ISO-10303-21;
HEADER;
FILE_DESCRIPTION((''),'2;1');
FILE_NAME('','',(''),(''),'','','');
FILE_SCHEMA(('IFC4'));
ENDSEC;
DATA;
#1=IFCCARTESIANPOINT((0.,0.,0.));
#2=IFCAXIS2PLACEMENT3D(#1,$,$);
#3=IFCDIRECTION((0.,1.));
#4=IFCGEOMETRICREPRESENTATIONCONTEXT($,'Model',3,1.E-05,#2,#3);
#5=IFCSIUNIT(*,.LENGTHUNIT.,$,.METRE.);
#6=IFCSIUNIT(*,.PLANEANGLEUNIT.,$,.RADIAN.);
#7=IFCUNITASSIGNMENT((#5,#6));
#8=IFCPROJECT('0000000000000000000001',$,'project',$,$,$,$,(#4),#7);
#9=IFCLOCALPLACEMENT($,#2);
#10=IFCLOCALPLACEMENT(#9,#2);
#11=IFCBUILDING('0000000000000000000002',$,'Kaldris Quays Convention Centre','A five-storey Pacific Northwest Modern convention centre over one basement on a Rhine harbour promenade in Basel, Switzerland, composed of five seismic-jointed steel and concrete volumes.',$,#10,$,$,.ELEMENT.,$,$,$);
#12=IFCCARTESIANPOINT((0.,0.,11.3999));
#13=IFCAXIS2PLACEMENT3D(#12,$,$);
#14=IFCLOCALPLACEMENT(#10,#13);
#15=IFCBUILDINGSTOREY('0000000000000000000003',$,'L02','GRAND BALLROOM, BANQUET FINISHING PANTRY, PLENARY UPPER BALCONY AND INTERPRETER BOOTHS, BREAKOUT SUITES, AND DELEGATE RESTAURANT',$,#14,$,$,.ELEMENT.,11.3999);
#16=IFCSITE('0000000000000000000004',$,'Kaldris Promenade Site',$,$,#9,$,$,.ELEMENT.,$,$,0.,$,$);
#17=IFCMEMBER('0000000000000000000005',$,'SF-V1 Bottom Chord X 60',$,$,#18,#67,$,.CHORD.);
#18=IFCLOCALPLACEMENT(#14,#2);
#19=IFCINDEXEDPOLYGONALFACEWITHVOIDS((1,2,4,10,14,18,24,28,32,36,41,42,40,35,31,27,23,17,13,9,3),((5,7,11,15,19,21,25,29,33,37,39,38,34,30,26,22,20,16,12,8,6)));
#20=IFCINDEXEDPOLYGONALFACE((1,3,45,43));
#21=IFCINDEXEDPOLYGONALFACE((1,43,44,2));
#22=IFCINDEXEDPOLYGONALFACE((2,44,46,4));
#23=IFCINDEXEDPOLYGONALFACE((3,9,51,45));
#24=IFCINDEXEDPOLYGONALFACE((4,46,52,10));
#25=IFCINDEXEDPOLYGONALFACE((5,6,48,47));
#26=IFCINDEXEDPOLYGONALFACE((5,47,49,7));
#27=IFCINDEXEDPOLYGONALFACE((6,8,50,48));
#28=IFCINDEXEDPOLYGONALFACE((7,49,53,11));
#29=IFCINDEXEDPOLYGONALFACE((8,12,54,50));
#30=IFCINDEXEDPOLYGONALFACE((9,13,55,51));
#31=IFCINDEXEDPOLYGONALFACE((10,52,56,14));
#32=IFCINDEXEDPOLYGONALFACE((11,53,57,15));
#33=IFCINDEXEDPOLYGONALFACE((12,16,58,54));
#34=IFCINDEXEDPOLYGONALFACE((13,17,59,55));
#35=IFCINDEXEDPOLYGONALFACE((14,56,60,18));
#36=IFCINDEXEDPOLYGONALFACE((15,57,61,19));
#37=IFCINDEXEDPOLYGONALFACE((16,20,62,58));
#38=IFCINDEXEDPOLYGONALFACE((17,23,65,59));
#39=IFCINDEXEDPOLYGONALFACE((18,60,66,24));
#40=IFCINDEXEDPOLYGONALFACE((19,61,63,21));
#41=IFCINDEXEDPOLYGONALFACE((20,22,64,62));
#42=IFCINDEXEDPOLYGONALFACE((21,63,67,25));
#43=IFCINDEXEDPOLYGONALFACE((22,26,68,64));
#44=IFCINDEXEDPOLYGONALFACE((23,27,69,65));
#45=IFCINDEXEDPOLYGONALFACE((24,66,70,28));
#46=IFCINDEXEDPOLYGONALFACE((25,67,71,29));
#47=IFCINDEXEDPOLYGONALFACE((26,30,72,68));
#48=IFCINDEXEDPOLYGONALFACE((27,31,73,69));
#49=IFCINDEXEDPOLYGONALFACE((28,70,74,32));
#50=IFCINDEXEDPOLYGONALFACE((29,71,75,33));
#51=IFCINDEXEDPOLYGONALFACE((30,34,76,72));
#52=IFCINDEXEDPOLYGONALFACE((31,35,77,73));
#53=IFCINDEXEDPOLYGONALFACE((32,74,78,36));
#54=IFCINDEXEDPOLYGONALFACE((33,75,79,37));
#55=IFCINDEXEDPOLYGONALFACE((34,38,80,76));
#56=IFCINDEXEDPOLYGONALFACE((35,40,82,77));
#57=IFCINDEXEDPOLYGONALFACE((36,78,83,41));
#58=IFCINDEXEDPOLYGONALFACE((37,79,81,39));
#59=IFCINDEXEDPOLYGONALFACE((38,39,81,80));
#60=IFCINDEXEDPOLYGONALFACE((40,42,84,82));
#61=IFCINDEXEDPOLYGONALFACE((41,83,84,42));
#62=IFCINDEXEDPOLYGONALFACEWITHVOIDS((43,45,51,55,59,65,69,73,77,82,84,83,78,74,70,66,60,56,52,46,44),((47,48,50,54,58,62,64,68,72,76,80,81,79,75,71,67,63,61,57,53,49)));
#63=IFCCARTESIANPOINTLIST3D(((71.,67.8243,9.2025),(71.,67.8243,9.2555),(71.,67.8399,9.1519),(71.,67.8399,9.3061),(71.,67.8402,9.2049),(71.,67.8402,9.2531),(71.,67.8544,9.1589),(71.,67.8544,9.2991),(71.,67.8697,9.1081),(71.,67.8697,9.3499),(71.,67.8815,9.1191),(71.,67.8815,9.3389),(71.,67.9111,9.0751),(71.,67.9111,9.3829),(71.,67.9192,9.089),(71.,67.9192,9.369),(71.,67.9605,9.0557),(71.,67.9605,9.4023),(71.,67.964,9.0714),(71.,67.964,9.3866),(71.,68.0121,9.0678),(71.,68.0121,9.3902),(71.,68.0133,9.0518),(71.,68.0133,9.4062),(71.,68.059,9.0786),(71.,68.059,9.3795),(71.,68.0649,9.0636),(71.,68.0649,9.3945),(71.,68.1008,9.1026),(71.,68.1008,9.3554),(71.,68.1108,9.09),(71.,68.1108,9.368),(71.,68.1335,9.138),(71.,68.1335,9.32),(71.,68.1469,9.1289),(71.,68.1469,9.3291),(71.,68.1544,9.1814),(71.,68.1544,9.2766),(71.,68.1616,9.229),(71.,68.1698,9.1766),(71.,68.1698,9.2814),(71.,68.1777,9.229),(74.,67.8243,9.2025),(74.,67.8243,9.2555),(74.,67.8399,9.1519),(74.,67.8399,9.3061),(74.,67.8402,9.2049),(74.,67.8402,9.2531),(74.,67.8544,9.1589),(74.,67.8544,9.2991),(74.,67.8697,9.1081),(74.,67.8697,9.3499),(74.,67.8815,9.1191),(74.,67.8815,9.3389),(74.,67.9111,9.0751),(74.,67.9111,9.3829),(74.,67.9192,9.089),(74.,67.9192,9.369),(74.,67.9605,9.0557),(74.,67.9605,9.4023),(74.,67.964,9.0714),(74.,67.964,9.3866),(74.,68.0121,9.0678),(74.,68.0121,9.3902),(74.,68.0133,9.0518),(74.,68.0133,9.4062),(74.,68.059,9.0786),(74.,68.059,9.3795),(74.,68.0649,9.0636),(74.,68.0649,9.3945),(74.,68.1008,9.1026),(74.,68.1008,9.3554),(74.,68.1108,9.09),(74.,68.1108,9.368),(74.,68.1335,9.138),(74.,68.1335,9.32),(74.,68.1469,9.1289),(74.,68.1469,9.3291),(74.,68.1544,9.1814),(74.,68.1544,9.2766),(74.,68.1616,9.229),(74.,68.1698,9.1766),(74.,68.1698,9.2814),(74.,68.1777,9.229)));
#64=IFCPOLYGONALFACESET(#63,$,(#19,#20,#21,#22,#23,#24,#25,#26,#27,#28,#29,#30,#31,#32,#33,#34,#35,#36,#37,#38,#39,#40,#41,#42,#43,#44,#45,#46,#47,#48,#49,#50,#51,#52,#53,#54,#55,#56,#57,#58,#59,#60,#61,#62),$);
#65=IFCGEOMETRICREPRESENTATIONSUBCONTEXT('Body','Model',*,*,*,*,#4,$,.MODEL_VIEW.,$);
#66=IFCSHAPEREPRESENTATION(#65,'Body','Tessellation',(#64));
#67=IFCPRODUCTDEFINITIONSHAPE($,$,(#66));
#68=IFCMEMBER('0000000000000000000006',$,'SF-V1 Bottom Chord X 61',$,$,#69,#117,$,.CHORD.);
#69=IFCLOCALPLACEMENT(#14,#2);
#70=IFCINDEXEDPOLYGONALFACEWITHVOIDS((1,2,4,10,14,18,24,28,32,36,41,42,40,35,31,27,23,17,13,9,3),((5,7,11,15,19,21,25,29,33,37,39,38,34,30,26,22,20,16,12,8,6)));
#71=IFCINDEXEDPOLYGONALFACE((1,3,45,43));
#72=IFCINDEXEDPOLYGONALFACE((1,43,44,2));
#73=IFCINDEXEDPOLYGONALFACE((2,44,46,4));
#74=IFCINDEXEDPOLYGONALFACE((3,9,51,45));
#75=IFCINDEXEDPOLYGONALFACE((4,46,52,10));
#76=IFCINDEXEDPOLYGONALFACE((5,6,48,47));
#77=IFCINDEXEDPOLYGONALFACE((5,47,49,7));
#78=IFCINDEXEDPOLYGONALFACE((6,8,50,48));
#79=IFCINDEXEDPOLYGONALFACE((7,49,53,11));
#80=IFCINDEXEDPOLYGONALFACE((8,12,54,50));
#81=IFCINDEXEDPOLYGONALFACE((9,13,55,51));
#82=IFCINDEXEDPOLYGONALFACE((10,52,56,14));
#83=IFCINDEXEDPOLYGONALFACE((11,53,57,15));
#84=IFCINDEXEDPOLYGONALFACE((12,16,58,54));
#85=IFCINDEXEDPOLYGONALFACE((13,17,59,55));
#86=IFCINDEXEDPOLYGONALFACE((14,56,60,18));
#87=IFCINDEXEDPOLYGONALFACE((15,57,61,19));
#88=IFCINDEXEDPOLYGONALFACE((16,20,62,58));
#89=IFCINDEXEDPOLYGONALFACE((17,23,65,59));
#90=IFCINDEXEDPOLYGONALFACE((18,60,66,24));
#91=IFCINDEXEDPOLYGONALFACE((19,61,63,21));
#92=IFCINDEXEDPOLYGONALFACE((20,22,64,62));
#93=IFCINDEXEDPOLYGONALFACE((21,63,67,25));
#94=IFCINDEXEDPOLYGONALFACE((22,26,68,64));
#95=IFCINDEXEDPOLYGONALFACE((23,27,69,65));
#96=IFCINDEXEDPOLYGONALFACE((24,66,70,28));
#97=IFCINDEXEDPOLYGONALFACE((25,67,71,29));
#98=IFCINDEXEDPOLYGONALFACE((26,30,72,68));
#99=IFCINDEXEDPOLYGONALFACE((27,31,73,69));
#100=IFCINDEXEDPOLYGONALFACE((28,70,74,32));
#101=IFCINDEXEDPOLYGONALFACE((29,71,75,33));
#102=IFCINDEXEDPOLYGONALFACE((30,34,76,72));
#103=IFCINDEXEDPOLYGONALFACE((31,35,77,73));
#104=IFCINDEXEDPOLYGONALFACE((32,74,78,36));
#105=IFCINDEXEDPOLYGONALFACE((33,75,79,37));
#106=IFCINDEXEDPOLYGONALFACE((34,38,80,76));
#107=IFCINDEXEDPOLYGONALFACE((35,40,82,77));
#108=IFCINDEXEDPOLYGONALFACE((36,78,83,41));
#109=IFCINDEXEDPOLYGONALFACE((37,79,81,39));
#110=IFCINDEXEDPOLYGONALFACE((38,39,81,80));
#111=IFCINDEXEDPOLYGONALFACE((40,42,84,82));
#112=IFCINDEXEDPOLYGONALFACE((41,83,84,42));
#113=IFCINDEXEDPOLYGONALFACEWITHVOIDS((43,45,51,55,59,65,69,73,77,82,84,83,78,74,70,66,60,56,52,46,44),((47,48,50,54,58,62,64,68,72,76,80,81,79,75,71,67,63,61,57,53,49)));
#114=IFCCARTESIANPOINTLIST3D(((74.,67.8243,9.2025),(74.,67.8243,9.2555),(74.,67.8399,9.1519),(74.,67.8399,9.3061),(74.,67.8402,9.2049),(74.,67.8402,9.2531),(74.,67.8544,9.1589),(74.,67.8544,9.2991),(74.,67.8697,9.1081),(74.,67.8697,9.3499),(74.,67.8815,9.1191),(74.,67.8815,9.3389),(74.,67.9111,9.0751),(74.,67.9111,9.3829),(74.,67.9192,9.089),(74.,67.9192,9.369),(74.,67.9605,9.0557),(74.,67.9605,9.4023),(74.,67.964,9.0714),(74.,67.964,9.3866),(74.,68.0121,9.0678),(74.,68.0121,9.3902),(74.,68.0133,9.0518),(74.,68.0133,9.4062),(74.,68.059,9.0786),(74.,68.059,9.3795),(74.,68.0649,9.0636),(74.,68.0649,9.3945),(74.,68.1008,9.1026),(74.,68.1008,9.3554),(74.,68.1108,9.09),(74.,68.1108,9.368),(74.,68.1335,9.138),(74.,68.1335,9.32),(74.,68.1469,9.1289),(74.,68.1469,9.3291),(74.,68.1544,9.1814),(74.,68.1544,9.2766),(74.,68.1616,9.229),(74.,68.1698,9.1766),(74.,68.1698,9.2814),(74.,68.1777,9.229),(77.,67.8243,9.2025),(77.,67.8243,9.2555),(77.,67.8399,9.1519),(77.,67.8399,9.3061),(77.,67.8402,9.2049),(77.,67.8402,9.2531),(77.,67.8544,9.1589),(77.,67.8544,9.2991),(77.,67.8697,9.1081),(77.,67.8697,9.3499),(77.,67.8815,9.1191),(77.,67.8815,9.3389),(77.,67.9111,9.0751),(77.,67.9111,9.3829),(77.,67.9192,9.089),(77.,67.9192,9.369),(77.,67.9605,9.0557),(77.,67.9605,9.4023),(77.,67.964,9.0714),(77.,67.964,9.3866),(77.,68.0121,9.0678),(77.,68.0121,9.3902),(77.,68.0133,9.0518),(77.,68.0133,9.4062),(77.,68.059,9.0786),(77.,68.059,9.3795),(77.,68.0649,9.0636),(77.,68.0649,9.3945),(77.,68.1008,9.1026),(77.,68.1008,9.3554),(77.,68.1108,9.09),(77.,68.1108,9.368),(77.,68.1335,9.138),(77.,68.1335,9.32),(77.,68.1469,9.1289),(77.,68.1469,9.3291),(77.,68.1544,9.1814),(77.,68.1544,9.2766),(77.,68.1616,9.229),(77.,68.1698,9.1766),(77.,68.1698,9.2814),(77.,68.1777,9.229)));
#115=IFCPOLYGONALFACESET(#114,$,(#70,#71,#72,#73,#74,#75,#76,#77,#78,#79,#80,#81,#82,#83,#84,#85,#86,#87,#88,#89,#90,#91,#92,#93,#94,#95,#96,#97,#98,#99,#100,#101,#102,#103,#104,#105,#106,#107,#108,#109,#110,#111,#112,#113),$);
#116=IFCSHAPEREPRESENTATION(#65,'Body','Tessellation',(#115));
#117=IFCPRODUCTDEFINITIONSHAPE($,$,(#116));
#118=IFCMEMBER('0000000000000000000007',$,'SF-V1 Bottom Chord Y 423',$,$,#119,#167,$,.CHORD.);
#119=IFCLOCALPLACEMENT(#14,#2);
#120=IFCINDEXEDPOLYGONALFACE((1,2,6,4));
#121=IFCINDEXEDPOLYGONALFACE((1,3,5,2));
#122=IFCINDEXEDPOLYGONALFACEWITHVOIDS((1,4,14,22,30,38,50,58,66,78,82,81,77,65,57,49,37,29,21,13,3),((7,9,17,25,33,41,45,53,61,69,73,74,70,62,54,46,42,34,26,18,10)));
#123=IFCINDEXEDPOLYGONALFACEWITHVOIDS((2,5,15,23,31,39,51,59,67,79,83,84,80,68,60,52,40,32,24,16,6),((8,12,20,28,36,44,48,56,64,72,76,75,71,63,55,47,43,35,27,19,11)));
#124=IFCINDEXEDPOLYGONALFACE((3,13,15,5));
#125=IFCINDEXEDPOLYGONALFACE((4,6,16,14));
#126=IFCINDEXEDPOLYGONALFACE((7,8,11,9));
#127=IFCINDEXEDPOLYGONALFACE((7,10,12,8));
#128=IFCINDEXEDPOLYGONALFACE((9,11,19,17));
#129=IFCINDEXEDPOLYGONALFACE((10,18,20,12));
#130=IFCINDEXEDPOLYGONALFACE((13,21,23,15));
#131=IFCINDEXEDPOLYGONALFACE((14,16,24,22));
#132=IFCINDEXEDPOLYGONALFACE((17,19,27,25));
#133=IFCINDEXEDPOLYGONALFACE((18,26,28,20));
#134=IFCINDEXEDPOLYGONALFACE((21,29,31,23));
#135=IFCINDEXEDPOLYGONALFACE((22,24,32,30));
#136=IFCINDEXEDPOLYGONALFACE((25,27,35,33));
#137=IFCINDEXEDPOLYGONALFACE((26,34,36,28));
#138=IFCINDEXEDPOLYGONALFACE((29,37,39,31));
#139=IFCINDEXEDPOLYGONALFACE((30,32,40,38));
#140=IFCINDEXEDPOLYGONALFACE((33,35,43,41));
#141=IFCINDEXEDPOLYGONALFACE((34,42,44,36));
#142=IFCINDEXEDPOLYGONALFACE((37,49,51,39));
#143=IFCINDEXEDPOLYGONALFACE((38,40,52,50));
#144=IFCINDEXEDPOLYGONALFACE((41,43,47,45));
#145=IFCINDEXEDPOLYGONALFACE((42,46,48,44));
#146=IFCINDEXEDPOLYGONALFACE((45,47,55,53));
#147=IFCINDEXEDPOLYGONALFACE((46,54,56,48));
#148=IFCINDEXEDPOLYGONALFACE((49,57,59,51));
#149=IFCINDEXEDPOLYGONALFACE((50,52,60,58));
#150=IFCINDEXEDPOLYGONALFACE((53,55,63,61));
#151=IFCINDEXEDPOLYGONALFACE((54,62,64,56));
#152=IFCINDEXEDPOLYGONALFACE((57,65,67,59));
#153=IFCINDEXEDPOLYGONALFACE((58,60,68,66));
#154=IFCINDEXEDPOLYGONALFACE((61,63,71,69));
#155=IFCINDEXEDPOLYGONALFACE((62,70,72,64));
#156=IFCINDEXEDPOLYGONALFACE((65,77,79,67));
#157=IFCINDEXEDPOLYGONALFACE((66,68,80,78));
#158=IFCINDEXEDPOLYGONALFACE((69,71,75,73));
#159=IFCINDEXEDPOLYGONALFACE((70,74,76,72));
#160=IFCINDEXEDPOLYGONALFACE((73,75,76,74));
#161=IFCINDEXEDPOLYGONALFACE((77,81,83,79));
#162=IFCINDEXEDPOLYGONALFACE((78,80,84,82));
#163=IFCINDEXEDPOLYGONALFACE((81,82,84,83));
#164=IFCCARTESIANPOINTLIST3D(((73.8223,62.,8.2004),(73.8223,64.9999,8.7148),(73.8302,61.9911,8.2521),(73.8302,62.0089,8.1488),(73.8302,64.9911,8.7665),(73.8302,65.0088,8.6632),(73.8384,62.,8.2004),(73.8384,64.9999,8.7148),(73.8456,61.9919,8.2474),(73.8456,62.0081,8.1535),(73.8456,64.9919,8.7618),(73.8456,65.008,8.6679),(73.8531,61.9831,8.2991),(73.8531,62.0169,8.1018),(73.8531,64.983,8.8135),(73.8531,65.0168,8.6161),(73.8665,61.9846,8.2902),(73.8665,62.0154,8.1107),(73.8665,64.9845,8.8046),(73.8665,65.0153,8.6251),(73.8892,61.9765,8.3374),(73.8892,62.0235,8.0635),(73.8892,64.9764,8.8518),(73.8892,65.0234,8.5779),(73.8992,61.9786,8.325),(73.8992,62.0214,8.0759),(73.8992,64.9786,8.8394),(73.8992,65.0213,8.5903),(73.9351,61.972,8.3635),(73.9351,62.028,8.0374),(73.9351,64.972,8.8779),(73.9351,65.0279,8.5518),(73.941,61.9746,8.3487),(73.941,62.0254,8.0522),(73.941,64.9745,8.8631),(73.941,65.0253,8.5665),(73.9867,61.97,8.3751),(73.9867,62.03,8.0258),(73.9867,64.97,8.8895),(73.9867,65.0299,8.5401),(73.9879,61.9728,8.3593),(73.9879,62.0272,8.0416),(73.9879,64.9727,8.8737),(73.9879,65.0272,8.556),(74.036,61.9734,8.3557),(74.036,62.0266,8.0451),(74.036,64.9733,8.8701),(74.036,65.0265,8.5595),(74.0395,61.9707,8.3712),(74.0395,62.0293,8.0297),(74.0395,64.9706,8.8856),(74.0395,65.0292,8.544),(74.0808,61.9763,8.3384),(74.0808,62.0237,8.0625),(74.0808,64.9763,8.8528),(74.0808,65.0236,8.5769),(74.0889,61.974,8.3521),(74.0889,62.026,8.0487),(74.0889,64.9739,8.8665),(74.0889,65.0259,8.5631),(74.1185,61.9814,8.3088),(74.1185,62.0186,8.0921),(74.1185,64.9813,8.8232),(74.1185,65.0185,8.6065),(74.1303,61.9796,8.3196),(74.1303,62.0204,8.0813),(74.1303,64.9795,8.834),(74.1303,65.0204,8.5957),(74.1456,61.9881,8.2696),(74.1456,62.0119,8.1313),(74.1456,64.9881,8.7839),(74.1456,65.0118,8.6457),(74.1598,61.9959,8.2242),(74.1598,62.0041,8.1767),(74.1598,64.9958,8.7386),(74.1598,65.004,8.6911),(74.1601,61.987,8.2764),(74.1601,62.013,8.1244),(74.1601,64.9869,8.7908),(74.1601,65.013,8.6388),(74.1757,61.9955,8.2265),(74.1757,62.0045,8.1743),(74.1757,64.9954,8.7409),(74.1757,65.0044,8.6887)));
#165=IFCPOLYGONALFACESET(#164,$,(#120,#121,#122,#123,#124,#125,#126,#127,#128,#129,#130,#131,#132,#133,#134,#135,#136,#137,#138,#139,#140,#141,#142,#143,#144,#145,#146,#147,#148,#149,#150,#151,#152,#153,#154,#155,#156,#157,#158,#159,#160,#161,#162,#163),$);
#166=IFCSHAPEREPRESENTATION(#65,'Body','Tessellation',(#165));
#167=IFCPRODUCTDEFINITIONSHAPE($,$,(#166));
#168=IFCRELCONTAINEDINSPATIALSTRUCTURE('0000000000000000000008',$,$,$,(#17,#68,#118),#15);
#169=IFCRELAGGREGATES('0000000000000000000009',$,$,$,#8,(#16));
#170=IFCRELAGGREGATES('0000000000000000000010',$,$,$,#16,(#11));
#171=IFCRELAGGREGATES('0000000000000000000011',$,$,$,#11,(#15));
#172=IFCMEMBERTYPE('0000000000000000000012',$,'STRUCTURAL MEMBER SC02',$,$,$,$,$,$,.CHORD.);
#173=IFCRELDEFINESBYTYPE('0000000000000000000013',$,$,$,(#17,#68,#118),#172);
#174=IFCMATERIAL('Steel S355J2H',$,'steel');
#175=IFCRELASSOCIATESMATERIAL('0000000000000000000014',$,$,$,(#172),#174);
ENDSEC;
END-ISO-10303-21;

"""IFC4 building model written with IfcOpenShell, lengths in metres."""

from ifc_helpers import new_model, si_unit, direction, frame, origin, origin_2d, place, context, subcontext, project, spatial, hollow_circle, extrude, material, material_profile, profile_set, type_object, element, save


model = new_model("IFC4")

# Units and contexts
model_context = context("Model", 3, precision=1e-05, world=origin(), true_north=direction((0.0, 1.0)))
body_context = subcontext(model_context, "Body", "Model", "MODEL_VIEW")
ifc_project = project(units=[si_unit("LENGTHUNIT", "METRE"), si_unit("PLANEANGLEUNIT", "RADIAN")], contexts=[model_context])

# Site, building, storey
site_placement = place(None, origin())
site = spatial("IfcSite", under=ifc_project, at=site_placement, Name="Kaldris Promenade Site", CompositionType="ELEMENT", RefElevation=0.0)
building_placement = place(site_placement, origin())
building = spatial("IfcBuilding", under=site, at=building_placement, Name="Kaldris Quays Convention Centre", Description="A five-storey Pacific Northwest Modern convention centre over one basement on a Rhine harbour promenade in Basel, Switzerland, composed of five seismic-jointed steel and concrete volumes.", CompositionType="ELEMENT")
storey_placement = place(building_placement, frame((0.0, 0.0, 11.3999)))
storey = spatial("IfcBuildingStorey", under=building, at=storey_placement, Name="L02", Description="GRAND BALLROOM, BANQUET FINISHING PANTRY, PLENARY UPPER BALCONY AND INTERPRETER BOOTHS, BREAKOUT SUITES, AND DELEGATE RESTAURANT", CompositionType="ELEMENT", Elevation=11.3999)

# Members
ifc_material_1 = material(Name="Steel S355J2H", Category="steel")
ifc_material_profile_1 = material_profile(ifc_material_1, hollow_circle(Radius=0.1777, WallThickness=0.0161, at=origin_2d()), Name="CHS 355.6x16")
ifc_profile_set_1 = profile_set([ifc_material_profile_1], Name="Steel S355J2H")
member_type_1 = type_object("IfcMemberType", Name="STRUCTURAL MEMBER SC02", PredefinedType="CHORD", material=ifc_profile_set_1)
for number, where, z_axis, x_axis, name in (
    (1, (71.0, 68.0, 9.229), (1.0, 0.0, 0.0), (0.0, 1.0, 0.0), "SF-V1 Bottom Chord X 60"),
    (2, (74.0, 68.0, 9.229), (1.0, 0.0, 0.0), (0.0, 1.0, 0.0), "SF-V1 Bottom Chord X 61"),
):
    element("IfcMember", number, at=place(storey_placement, frame(where, z_axis=z_axis, x_axis=x_axis)), inside=storey, type_object=member_type_1, Name=name, PredefinedType="CHORD", context=body_context, shape_type="SweptSolid", body=[
        extrude(hollow_circle(Radius=0.1777, WallThickness=0.0161, at=origin_2d()), origin(), (0.0, 0.0, 1.0), 3.0),
    ])
for number, where, z_axis, x_axis, name in (
    (3, (74.0, 62.0, 8.2004), (0.0, 0.985616, 0.169002), (-1.0, 0.0, 0.0), "SF-V1 Bottom Chord Y 423"),
):
    element("IfcMember", number, at=place(storey_placement, frame(where, z_axis=z_axis, x_axis=x_axis)), inside=storey, type_object=member_type_1, Name=name, PredefinedType="CHORD", context=body_context, shape_type="SweptSolid", body=[
        extrude(hollow_circle(Radius=0.1777, WallThickness=0.0161, at=origin_2d()), origin(), (0.0, 0.0, 1.0), 3.0437),
    ])

save(model, "model.ifc")
